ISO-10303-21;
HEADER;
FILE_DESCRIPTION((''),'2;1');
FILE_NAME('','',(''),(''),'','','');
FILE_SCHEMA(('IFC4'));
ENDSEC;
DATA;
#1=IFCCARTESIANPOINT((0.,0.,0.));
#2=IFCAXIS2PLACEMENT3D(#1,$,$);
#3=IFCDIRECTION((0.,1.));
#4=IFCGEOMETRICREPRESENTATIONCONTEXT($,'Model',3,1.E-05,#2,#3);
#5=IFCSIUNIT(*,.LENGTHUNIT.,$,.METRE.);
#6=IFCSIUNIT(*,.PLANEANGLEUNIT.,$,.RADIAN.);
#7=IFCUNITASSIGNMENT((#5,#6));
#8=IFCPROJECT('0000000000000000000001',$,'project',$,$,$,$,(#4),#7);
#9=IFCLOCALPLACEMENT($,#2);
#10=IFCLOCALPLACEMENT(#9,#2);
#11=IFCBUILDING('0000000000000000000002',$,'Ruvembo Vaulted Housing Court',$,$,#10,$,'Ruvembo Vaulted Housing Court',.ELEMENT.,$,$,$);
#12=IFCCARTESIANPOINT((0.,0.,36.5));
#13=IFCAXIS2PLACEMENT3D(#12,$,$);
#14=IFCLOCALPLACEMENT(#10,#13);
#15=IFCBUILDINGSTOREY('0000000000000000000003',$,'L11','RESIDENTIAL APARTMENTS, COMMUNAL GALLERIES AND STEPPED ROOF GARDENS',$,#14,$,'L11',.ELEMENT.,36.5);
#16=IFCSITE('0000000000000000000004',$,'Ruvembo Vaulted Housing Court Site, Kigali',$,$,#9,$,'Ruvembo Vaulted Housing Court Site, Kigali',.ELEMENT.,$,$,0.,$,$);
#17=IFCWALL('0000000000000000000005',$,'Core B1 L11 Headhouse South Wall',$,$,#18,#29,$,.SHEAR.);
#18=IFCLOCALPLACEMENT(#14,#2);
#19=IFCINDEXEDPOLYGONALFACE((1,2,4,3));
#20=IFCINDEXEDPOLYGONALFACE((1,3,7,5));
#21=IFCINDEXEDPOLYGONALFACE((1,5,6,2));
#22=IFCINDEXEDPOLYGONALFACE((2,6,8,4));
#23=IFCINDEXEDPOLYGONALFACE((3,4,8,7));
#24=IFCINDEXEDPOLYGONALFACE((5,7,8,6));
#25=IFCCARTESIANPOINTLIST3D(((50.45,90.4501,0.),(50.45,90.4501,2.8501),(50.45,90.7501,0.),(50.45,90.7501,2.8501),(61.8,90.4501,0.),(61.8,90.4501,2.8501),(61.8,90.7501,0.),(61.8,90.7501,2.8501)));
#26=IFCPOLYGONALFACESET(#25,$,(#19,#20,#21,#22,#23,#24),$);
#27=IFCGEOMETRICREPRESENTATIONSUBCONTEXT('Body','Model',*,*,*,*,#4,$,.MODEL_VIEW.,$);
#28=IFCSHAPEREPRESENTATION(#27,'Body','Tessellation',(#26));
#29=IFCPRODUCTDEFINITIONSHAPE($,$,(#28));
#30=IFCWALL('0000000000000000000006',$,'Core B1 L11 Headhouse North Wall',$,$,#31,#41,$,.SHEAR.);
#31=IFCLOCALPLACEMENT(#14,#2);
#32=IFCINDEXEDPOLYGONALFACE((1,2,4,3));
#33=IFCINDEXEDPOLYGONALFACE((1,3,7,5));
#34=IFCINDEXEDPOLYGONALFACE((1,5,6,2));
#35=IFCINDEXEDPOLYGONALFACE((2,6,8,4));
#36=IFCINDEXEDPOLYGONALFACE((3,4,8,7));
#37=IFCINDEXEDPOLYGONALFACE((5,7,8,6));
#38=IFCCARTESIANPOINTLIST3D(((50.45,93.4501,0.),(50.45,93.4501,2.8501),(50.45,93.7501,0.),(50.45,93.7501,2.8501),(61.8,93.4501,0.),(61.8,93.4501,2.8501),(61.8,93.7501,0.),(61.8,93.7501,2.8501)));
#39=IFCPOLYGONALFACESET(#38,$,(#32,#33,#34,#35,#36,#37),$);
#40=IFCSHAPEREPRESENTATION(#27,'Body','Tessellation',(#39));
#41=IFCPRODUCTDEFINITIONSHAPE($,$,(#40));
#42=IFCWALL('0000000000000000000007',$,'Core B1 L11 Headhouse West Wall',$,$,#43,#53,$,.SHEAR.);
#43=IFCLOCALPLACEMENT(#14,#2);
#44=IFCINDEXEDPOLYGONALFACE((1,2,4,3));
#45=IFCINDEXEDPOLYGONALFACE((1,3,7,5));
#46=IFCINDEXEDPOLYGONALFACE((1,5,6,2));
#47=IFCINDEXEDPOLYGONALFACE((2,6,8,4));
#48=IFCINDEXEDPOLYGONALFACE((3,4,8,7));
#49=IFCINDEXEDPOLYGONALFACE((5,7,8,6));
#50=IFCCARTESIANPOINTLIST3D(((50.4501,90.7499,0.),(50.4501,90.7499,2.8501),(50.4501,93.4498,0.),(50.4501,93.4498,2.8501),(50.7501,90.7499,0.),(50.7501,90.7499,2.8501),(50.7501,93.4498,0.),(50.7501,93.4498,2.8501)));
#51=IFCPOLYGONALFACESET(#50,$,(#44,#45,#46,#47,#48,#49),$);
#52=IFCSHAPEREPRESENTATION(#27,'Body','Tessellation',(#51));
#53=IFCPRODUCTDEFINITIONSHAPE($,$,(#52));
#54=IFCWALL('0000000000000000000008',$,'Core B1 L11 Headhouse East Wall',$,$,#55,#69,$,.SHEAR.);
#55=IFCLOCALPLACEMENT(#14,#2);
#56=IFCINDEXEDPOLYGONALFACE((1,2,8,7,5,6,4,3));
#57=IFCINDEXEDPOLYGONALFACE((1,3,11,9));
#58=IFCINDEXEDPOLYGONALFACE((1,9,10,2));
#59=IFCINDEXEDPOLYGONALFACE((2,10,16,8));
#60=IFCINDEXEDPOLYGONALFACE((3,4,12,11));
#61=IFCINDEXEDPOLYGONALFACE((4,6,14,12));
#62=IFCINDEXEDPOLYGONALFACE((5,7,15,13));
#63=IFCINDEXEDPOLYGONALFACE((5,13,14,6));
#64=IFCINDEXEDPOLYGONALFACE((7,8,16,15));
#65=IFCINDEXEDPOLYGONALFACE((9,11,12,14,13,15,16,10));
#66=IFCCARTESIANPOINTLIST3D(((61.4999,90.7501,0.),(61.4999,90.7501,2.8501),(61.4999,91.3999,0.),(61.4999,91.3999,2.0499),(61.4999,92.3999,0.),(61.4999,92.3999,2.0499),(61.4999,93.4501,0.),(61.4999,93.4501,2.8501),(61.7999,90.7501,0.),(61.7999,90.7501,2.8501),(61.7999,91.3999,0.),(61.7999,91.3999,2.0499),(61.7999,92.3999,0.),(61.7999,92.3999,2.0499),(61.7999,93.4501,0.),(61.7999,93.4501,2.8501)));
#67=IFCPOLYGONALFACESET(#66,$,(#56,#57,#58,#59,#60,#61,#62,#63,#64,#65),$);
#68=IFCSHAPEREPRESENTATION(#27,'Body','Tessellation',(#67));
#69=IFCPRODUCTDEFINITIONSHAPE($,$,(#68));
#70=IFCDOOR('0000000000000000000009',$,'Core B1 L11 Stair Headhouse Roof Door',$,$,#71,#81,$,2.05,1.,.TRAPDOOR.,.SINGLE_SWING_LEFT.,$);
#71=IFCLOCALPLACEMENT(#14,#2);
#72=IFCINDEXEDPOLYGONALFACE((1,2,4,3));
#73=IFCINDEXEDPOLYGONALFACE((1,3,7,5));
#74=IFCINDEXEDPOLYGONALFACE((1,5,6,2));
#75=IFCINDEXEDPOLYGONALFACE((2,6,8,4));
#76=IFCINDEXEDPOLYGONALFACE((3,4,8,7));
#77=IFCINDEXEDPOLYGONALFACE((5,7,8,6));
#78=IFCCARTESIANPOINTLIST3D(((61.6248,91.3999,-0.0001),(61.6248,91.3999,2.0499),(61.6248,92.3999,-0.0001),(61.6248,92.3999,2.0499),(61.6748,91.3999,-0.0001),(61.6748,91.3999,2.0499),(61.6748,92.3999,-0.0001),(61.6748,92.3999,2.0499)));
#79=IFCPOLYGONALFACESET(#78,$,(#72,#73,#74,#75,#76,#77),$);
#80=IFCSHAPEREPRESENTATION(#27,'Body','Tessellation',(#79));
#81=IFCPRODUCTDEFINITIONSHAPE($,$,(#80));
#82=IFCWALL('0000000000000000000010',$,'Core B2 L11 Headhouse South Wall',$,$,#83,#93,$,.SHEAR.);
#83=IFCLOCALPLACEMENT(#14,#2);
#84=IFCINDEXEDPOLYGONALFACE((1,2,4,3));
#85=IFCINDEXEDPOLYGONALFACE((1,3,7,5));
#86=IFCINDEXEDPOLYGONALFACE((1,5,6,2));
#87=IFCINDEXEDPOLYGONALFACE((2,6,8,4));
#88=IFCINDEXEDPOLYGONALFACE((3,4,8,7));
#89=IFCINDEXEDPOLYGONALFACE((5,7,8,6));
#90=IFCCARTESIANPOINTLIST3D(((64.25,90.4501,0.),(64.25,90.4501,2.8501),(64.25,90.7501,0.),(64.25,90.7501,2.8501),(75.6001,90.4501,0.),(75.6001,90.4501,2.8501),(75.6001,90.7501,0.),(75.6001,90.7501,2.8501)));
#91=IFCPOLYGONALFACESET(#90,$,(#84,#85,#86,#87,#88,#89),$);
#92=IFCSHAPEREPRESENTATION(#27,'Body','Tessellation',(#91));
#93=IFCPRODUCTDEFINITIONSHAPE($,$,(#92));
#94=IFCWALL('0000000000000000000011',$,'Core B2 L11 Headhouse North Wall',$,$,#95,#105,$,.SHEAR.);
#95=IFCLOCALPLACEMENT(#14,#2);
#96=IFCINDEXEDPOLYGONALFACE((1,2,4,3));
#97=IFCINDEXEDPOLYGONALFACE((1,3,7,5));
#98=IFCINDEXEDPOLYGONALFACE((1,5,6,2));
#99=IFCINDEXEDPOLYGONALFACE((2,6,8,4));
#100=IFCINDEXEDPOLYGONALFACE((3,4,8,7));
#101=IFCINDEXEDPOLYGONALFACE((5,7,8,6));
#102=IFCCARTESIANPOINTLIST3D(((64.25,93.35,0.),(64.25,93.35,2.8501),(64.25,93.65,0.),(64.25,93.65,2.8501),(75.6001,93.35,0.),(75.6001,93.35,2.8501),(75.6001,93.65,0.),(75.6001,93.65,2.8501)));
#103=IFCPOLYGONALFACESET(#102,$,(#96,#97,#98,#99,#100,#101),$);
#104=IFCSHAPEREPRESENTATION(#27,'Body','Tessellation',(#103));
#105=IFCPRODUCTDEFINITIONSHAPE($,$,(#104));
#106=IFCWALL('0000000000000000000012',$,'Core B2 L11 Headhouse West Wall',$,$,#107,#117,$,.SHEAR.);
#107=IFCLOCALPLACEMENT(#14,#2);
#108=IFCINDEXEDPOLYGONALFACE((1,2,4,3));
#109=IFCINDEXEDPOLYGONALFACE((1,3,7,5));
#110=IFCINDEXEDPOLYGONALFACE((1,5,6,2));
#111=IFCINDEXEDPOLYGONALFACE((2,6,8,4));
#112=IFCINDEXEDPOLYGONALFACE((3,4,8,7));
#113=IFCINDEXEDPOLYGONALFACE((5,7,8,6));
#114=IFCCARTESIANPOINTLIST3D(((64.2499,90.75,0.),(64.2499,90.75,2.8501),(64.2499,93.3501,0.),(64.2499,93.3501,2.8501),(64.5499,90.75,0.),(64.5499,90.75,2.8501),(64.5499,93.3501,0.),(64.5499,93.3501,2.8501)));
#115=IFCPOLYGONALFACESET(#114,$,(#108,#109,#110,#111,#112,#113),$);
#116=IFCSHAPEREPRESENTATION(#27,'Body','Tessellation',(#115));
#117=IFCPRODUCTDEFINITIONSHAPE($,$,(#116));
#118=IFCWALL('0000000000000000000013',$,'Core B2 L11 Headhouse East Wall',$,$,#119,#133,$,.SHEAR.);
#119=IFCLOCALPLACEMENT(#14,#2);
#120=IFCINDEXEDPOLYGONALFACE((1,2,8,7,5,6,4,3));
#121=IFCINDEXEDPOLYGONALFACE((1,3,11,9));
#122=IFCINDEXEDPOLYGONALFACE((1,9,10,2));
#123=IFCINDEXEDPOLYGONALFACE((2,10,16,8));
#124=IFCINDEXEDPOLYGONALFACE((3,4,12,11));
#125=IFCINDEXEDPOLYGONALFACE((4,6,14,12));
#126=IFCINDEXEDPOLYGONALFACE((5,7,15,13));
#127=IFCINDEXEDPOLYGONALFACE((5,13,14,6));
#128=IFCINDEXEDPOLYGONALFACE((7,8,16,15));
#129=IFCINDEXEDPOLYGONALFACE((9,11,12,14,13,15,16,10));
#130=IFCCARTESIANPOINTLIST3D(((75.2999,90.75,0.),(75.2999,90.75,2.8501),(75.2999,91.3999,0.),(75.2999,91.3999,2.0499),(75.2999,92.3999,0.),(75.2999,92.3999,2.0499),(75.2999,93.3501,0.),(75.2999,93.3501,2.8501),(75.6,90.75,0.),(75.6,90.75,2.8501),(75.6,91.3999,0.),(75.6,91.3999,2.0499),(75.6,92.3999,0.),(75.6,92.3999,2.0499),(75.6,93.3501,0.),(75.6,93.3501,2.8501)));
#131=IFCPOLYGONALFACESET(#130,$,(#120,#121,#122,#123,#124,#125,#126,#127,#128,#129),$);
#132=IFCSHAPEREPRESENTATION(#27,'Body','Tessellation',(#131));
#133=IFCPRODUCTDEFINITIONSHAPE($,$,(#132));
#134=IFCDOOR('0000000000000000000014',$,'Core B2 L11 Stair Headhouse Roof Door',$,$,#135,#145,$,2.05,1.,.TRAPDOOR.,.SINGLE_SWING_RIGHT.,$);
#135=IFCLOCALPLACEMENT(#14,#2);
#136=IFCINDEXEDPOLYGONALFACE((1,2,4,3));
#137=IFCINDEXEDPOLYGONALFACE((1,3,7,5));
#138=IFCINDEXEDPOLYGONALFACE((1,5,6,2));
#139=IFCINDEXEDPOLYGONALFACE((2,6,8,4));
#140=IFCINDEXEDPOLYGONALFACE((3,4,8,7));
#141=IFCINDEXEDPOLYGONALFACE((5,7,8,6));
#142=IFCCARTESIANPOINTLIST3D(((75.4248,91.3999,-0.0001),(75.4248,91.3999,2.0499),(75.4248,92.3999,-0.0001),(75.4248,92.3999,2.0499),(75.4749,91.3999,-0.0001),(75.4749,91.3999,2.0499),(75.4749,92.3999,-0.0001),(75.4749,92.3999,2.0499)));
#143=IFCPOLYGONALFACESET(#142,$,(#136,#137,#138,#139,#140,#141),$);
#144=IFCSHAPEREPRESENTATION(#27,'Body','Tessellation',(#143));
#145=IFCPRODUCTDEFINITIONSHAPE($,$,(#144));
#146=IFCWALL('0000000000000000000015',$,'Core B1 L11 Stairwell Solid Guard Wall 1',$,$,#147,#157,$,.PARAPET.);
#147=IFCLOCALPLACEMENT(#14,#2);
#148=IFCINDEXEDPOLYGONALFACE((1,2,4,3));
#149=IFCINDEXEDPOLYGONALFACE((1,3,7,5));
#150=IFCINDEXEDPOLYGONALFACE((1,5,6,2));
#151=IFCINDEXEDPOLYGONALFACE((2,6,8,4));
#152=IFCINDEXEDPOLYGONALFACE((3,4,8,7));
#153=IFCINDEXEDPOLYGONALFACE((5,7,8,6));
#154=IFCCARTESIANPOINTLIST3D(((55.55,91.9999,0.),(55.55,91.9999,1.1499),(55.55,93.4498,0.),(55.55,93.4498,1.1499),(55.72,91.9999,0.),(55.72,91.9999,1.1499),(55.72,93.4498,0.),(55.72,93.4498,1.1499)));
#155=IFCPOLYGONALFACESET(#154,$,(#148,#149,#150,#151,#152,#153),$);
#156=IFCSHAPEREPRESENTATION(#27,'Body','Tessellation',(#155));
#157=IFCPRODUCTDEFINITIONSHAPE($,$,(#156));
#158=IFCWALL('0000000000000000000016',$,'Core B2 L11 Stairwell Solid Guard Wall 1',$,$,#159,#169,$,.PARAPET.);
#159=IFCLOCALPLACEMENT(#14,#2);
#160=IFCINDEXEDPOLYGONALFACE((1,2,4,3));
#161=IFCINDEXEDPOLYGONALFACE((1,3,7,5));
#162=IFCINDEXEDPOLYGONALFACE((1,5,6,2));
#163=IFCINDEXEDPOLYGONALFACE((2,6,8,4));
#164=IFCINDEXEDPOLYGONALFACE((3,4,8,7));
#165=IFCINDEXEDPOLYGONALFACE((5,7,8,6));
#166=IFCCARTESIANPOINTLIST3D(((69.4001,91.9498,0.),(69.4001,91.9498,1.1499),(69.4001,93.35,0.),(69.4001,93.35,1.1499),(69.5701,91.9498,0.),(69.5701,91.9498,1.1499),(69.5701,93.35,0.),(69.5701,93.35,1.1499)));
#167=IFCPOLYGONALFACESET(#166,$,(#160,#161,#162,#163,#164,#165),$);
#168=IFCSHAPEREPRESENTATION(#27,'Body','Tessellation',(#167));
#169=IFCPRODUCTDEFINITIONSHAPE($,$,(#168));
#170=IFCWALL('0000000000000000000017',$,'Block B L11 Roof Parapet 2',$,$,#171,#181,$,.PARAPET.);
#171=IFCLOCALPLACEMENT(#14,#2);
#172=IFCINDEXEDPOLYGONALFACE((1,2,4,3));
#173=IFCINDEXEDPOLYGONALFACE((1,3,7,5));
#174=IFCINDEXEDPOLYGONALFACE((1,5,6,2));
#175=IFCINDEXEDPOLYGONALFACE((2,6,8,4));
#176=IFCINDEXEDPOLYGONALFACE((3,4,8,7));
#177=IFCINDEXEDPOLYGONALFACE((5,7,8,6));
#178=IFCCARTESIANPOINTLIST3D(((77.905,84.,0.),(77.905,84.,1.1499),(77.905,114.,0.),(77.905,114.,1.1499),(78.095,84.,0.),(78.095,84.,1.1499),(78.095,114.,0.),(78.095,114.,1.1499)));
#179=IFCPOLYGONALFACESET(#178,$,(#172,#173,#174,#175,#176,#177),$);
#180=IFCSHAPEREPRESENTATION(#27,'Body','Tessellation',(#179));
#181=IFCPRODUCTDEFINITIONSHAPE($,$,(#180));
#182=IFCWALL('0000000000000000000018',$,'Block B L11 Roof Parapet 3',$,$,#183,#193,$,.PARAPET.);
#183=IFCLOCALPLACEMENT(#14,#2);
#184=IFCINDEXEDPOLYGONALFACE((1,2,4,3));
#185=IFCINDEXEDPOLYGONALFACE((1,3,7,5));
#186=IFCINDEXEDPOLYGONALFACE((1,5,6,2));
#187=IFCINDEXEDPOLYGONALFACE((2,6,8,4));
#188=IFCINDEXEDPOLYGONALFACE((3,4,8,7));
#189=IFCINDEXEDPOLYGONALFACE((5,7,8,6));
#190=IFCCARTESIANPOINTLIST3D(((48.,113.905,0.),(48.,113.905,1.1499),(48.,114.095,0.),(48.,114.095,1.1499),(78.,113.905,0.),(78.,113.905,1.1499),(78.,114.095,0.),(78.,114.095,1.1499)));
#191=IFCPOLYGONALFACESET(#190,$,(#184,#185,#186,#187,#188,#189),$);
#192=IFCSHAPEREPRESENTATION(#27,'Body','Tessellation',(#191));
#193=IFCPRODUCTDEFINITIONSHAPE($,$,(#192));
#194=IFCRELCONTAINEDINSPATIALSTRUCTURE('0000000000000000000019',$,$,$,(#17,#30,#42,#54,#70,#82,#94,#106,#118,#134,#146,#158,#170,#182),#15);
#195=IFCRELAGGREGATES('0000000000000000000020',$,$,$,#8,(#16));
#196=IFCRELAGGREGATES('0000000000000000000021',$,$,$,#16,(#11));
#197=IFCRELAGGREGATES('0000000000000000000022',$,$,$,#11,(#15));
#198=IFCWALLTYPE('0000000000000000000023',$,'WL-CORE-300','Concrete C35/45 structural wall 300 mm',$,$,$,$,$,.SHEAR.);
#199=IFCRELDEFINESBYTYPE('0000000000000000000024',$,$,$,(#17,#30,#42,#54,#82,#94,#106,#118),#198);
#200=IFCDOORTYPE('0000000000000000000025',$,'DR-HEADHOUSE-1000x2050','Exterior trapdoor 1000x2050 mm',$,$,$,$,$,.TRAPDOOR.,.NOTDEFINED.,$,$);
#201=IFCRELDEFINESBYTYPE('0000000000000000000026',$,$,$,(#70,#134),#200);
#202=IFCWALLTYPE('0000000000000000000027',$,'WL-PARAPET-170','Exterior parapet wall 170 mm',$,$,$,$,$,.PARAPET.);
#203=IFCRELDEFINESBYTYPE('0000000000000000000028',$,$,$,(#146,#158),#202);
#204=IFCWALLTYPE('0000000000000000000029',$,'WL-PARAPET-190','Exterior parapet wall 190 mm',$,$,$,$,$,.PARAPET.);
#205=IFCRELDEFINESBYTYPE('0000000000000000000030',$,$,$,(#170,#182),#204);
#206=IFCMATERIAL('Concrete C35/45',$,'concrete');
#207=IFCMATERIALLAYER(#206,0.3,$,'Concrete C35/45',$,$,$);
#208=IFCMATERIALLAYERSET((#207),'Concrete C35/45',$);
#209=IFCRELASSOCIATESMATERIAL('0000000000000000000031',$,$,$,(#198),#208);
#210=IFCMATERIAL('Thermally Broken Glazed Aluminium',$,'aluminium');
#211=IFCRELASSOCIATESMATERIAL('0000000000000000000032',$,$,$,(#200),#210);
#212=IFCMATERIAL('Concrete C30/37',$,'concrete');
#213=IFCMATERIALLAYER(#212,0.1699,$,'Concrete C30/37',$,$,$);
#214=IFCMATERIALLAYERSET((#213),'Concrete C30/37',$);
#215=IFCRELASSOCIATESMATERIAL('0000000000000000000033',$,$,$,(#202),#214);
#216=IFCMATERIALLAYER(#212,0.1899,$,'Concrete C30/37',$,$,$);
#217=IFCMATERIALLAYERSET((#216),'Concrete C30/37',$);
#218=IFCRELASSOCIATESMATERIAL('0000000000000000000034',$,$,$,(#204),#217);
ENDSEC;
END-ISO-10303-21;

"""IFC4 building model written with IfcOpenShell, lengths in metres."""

from ifc_helpers import new_model, si_unit, direction, frame, frame_2d, origin, place, context, subcontext, project, spatial, rectangle, extrude, material, layer, layer_set, type_object, element, fill, save


model = new_model("IFC4")

# Units and contexts
model_context = context("Model", 3, precision=1e-05, world=origin(), true_north=direction((0.0, 1.0)))
body_context = subcontext(model_context, "Body", "Model", "MODEL_VIEW")
ifc_project = project(units=[si_unit("LENGTHUNIT", "METRE"), si_unit("PLANEANGLEUNIT", "RADIAN")], contexts=[model_context])

# Site, building, storey
site_placement = place(None, origin())
site = spatial("IfcSite", under=ifc_project, at=site_placement, Name="Ruvembo Vaulted Housing Court Site, Kigali", LongName="Ruvembo Vaulted Housing Court Site, Kigali", CompositionType="ELEMENT", RefElevation=0.0)
building_placement = place(site_placement, origin())
building = spatial("IfcBuilding", under=site, at=building_placement, Name="Ruvembo Vaulted Housing Court", LongName="Ruvembo Vaulted Housing Court", CompositionType="ELEMENT")
storey_placement = place(building_placement, frame((0.0, 0.0, 36.5)))
storey = spatial("IfcBuildingStorey", under=building, at=storey_placement, Name="L11", Description="RESIDENTIAL APARTMENTS, COMMUNAL GALLERIES AND STEPPED ROOF GARDENS", LongName="L11", CompositionType="ELEMENT", Elevation=36.5)

# Walls
ifc_material_1 = material(Name="Concrete C35/45", Category="concrete")
ifc_layer_1 = layer(ifc_material_1, 0.3, Name="Concrete C35/45")
ifc_layer_set_1 = layer_set([ifc_layer_1], Name="Concrete C35/45")
wall_type_1 = type_object("IfcWallType", Name="WL-CORE-300", Description="Concrete C35/45 structural wall 300 mm", PredefinedType="SHEAR", material=ifc_layer_set_1)
for number, where, z_axis, x_axis, name in (
    (1, (50.45, 90.6001, 0.0), (0.0, 0.0, 1.0), (1.0, 0.0, 0.0), "Core B1 L11 Headhouse South Wall"),
    (2, (61.8, 93.6001, 0.0), (0.0, 0.0, 1.0), (-1.0, 0.0, 0.0), "Core B1 L11 Headhouse North Wall"),
):
    element("IfcWall", number, at=place(storey_placement, frame(where, z_axis=z_axis, x_axis=x_axis)), inside=storey, type_object=wall_type_1, Name=name, PredefinedType="SHEAR", context=body_context, shape_type="SweptSolid", body=[
        extrude(rectangle(XDim=11.3501, YDim=0.3, at=frame_2d((5.675, 0.0))), origin(), (0.0, 0.0, 1.0), 2.8501),
    ])
wall_1_placement = place(storey_placement, frame((50.6001, 93.45, 0.0), z_axis=(0.0, 0.0, 1.0), x_axis=(0.0, -1.0, 0.0)))
element("IfcWall", 3, at=wall_1_placement, inside=storey, type_object=wall_type_1, Name="Core B1 L11 Headhouse West Wall", PredefinedType="SHEAR", context=body_context, shape_type="SweptSolid", body=[
    extrude(rectangle(XDim=2.7, YDim=0.3, at=frame_2d((1.3501, 0.0))), origin(), (0.0, 0.0, 1.0), 2.8501),
])

# Wall, opening, door
wall_2_placement = place(storey_placement, frame((61.6499, 90.75, 0.0), z_axis=(0.0, 0.0, 1.0), x_axis=(0.0, 1.0, 0.0)))
wall_2 = element("IfcWall", 4, at=wall_2_placement, inside=storey, type_object=wall_type_1, Name="Core B1 L11 Headhouse East Wall", PredefinedType="SHEAR", context=body_context, shape_type="SweptSolid", body=[
    extrude(rectangle(XDim=2.7, YDim=0.3, at=frame_2d((1.3501, 0.0))), origin(), (0.0, 0.0, 1.0), 2.8501),
])
opening_1_placement = place(wall_2_placement, frame((0.6499, 0.0, 0.0)))
opening_1 = element("IfcOpeningElement", 5, at=opening_1_placement, cuts=wall_2, PredefinedType="OPENING", context=body_context, shape_type="SweptSolid", body=[
    extrude(rectangle(XDim=1.0, YDim=2.05, at=frame_2d((0.5, 1.0249))), frame((0.0, 0.1599, 0.0), z_axis=(0.0, -1.0, 0.0), x_axis=(1.0, 0.0, 0.0)), (0.0, 0.0, 1.0), 0.3201),
])
ifc_material_2 = material(Name="Thermally Broken Glazed Aluminium", Category="aluminium")
door_type = type_object("IfcDoorType", Name="DR-HEADHOUSE-1000x2050", Description="Exterior trapdoor 1000x2050 mm", OperationType="NOTDEFINED", PredefinedType="TRAPDOOR", material=ifc_material_2)
door_1_placement = place(opening_1_placement, frame((1.0, 0.0, 0.0), z_axis=(0.0, 0.0, 1.0), x_axis=(-1.0, 0.0, 0.0)))
door_1 = element("IfcDoor", 6, at=door_1_placement, inside=storey, type_object=door_type, Name="Core B1 L11 Stair Headhouse Roof Door", OperationType="SINGLE_SWING_LEFT", OverallHeight=2.05, OverallWidth=1.0, PredefinedType="TRAPDOOR", context=body_context, shape_type="SweptSolid", body=[
    extrude(rectangle(XDim=1.0, YDim=2.05, at=frame_2d((0.5, 1.0249))), frame((0.0, 0.0249, 0.0), z_axis=(0.0, -1.0, 0.0), x_axis=(1.0, 0.0, 0.0)), (0.0, 0.0, 1.0), 0.05),
])
fill(opening_1, door_1)

# Walls
for number, where, z_axis, x_axis, name in (
    (7, (64.25, 90.6001, 0.0), (0.0, 0.0, 1.0), (1.0, 0.0, 0.0), "Core B2 L11 Headhouse South Wall"),
    (8, (75.6001, 93.5, 0.0), (0.0, 0.0, 1.0), (-1.0, 0.0, 0.0), "Core B2 L11 Headhouse North Wall"),
):
    element("IfcWall", number, at=place(storey_placement, frame(where, z_axis=z_axis, x_axis=x_axis)), inside=storey, type_object=wall_type_1, Name=name, PredefinedType="SHEAR", context=body_context, shape_type="SweptSolid", body=[
        extrude(rectangle(XDim=11.3501, YDim=0.3, at=frame_2d((5.675, 0.0))), origin(), (0.0, 0.0, 1.0), 2.8501),
    ])
wall_3_placement = place(storey_placement, frame((64.3999, 93.3501, 0.0), z_axis=(0.0, 0.0, 1.0), x_axis=(0.0, -1.0, 0.0)))
element("IfcWall", 9, at=wall_3_placement, inside=storey, type_object=wall_type_1, Name="Core B2 L11 Headhouse West Wall", PredefinedType="SHEAR", context=body_context, shape_type="SweptSolid", body=[
    extrude(rectangle(XDim=2.6001, YDim=0.3, at=frame_2d((1.3, 0.0))), origin(), (0.0, 0.0, 1.0), 2.8501),
])

# Wall, opening, door
wall_4_placement = place(storey_placement, frame((75.45, 90.75, 0.0), z_axis=(0.0, 0.0, 1.0), x_axis=(0.0, 1.0, 0.0)))
wall_4 = element("IfcWall", 10, at=wall_4_placement, inside=storey, type_object=wall_type_1, Name="Core B2 L11 Headhouse East Wall", PredefinedType="SHEAR", context=body_context, shape_type="SweptSolid", body=[
    extrude(rectangle(XDim=2.6001, YDim=0.3, at=frame_2d((1.3, 0.0))), origin(), (0.0, 0.0, 1.0), 2.8501),
])
opening_2_placement = place(wall_4_placement, frame((0.6499, 0.0, 0.0)))
opening_2 = element("IfcOpeningElement", 11, at=opening_2_placement, cuts=wall_4, PredefinedType="OPENING", context=body_context, shape_type="SweptSolid", body=[
    extrude(rectangle(XDim=1.0, YDim=2.05, at=frame_2d((0.5, 1.0249))), frame((0.0, 0.1599, 0.0), z_axis=(0.0, -1.0, 0.0), x_axis=(1.0, 0.0, 0.0)), (0.0, 0.0, 1.0), 0.3201),
])
door_2_placement = place(opening_2_placement, frame((1.0, 0.0, 0.0), z_axis=(0.0, 0.0, 1.0), x_axis=(-1.0, 0.0, 0.0)))
door_2 = element("IfcDoor", 12, at=door_2_placement, inside=storey, type_object=door_type, Name="Core B2 L11 Stair Headhouse Roof Door", OperationType="SINGLE_SWING_RIGHT", OverallHeight=2.05, OverallWidth=1.0, PredefinedType="TRAPDOOR", context=body_context, shape_type="SweptSolid", body=[
    extrude(rectangle(XDim=1.0, YDim=2.05, at=frame_2d((0.5, 1.0249))), frame((0.0, 0.0249, 0.0), z_axis=(0.0, -1.0, 0.0), x_axis=(1.0, 0.0, 0.0)), (0.0, 0.0, 1.0), 0.05),
])
fill(opening_2, door_2)

# Walls
ifc_material_3 = material(Name="Concrete C30/37", Category="concrete")
ifc_layer_2 = layer(ifc_material_3, 0.1699, Name="Concrete C30/37")
ifc_layer_set_2 = layer_set([ifc_layer_2], Name="Concrete C30/37")
wall_type_2 = type_object("IfcWallType", Name="WL-PARAPET-170", Description="Exterior parapet wall 170 mm", PredefinedType="PARAPET", material=ifc_layer_set_2)
wall_5_placement = place(storey_placement, frame((55.635, 93.45, 0.0), z_axis=(0.0, 0.0, 1.0), x_axis=(0.0, -1.0, 0.0)))
element("IfcWall", 13, at=wall_5_placement, inside=storey, type_object=wall_type_2, Name="Core B1 L11 Stairwell Solid Guard Wall 1", PredefinedType="PARAPET", context=body_context, shape_type="SweptSolid", body=[
    extrude(rectangle(XDim=1.45, YDim=0.1699, at=frame_2d((0.7251, 0.0))), origin(), (0.0, 0.0, 1.0), 1.1499),
])
wall_6_placement = place(storey_placement, frame((69.4851, 93.3501, 0.0), z_axis=(0.0, 0.0, 1.0), x_axis=(0.0, -1.0, 0.0)))
element("IfcWall", 14, at=wall_6_placement, inside=storey, type_object=wall_type_2, Name="Core B2 L11 Stairwell Solid Guard Wall 1", PredefinedType="PARAPET", context=body_context, shape_type="SweptSolid", body=[
    extrude(rectangle(XDim=1.4001, YDim=0.1699, at=frame_2d((0.7002, 0.0))), origin(), (0.0, 0.0, 1.0), 1.1499),
])
ifc_layer_3 = layer(ifc_material_3, 0.1899, Name="Concrete C30/37")
ifc_layer_set_3 = layer_set([ifc_layer_3], Name="Concrete C30/37")
wall_type_3 = type_object("IfcWallType", Name="WL-PARAPET-190", Description="Exterior parapet wall 190 mm", PredefinedType="PARAPET", material=ifc_layer_set_3)
for number, where, z_axis, x_axis, name in (
    (15, (78.0, 84.0, 0.0), (0.0, 0.0, 1.0), (0.0, 1.0, 0.0), "Block B L11 Roof Parapet 2"),
    (16, (78.0, 114.0, 0.0), (0.0, 0.0, 1.0), (-1.0, 0.0, 0.0), "Block B L11 Roof Parapet 3"),
):
    element("IfcWall", number, at=place(storey_placement, frame(where, z_axis=z_axis, x_axis=x_axis)), inside=storey, type_object=wall_type_3, Name=name, PredefinedType="PARAPET", context=body_context, shape_type="SweptSolid", body=[
        extrude(rectangle(XDim=30.0, YDim=0.1899, at=frame_2d((15.0, 0.0))), origin(), (0.0, 0.0, 1.0), 1.1499),
    ])

save(model, "model.ifc")
